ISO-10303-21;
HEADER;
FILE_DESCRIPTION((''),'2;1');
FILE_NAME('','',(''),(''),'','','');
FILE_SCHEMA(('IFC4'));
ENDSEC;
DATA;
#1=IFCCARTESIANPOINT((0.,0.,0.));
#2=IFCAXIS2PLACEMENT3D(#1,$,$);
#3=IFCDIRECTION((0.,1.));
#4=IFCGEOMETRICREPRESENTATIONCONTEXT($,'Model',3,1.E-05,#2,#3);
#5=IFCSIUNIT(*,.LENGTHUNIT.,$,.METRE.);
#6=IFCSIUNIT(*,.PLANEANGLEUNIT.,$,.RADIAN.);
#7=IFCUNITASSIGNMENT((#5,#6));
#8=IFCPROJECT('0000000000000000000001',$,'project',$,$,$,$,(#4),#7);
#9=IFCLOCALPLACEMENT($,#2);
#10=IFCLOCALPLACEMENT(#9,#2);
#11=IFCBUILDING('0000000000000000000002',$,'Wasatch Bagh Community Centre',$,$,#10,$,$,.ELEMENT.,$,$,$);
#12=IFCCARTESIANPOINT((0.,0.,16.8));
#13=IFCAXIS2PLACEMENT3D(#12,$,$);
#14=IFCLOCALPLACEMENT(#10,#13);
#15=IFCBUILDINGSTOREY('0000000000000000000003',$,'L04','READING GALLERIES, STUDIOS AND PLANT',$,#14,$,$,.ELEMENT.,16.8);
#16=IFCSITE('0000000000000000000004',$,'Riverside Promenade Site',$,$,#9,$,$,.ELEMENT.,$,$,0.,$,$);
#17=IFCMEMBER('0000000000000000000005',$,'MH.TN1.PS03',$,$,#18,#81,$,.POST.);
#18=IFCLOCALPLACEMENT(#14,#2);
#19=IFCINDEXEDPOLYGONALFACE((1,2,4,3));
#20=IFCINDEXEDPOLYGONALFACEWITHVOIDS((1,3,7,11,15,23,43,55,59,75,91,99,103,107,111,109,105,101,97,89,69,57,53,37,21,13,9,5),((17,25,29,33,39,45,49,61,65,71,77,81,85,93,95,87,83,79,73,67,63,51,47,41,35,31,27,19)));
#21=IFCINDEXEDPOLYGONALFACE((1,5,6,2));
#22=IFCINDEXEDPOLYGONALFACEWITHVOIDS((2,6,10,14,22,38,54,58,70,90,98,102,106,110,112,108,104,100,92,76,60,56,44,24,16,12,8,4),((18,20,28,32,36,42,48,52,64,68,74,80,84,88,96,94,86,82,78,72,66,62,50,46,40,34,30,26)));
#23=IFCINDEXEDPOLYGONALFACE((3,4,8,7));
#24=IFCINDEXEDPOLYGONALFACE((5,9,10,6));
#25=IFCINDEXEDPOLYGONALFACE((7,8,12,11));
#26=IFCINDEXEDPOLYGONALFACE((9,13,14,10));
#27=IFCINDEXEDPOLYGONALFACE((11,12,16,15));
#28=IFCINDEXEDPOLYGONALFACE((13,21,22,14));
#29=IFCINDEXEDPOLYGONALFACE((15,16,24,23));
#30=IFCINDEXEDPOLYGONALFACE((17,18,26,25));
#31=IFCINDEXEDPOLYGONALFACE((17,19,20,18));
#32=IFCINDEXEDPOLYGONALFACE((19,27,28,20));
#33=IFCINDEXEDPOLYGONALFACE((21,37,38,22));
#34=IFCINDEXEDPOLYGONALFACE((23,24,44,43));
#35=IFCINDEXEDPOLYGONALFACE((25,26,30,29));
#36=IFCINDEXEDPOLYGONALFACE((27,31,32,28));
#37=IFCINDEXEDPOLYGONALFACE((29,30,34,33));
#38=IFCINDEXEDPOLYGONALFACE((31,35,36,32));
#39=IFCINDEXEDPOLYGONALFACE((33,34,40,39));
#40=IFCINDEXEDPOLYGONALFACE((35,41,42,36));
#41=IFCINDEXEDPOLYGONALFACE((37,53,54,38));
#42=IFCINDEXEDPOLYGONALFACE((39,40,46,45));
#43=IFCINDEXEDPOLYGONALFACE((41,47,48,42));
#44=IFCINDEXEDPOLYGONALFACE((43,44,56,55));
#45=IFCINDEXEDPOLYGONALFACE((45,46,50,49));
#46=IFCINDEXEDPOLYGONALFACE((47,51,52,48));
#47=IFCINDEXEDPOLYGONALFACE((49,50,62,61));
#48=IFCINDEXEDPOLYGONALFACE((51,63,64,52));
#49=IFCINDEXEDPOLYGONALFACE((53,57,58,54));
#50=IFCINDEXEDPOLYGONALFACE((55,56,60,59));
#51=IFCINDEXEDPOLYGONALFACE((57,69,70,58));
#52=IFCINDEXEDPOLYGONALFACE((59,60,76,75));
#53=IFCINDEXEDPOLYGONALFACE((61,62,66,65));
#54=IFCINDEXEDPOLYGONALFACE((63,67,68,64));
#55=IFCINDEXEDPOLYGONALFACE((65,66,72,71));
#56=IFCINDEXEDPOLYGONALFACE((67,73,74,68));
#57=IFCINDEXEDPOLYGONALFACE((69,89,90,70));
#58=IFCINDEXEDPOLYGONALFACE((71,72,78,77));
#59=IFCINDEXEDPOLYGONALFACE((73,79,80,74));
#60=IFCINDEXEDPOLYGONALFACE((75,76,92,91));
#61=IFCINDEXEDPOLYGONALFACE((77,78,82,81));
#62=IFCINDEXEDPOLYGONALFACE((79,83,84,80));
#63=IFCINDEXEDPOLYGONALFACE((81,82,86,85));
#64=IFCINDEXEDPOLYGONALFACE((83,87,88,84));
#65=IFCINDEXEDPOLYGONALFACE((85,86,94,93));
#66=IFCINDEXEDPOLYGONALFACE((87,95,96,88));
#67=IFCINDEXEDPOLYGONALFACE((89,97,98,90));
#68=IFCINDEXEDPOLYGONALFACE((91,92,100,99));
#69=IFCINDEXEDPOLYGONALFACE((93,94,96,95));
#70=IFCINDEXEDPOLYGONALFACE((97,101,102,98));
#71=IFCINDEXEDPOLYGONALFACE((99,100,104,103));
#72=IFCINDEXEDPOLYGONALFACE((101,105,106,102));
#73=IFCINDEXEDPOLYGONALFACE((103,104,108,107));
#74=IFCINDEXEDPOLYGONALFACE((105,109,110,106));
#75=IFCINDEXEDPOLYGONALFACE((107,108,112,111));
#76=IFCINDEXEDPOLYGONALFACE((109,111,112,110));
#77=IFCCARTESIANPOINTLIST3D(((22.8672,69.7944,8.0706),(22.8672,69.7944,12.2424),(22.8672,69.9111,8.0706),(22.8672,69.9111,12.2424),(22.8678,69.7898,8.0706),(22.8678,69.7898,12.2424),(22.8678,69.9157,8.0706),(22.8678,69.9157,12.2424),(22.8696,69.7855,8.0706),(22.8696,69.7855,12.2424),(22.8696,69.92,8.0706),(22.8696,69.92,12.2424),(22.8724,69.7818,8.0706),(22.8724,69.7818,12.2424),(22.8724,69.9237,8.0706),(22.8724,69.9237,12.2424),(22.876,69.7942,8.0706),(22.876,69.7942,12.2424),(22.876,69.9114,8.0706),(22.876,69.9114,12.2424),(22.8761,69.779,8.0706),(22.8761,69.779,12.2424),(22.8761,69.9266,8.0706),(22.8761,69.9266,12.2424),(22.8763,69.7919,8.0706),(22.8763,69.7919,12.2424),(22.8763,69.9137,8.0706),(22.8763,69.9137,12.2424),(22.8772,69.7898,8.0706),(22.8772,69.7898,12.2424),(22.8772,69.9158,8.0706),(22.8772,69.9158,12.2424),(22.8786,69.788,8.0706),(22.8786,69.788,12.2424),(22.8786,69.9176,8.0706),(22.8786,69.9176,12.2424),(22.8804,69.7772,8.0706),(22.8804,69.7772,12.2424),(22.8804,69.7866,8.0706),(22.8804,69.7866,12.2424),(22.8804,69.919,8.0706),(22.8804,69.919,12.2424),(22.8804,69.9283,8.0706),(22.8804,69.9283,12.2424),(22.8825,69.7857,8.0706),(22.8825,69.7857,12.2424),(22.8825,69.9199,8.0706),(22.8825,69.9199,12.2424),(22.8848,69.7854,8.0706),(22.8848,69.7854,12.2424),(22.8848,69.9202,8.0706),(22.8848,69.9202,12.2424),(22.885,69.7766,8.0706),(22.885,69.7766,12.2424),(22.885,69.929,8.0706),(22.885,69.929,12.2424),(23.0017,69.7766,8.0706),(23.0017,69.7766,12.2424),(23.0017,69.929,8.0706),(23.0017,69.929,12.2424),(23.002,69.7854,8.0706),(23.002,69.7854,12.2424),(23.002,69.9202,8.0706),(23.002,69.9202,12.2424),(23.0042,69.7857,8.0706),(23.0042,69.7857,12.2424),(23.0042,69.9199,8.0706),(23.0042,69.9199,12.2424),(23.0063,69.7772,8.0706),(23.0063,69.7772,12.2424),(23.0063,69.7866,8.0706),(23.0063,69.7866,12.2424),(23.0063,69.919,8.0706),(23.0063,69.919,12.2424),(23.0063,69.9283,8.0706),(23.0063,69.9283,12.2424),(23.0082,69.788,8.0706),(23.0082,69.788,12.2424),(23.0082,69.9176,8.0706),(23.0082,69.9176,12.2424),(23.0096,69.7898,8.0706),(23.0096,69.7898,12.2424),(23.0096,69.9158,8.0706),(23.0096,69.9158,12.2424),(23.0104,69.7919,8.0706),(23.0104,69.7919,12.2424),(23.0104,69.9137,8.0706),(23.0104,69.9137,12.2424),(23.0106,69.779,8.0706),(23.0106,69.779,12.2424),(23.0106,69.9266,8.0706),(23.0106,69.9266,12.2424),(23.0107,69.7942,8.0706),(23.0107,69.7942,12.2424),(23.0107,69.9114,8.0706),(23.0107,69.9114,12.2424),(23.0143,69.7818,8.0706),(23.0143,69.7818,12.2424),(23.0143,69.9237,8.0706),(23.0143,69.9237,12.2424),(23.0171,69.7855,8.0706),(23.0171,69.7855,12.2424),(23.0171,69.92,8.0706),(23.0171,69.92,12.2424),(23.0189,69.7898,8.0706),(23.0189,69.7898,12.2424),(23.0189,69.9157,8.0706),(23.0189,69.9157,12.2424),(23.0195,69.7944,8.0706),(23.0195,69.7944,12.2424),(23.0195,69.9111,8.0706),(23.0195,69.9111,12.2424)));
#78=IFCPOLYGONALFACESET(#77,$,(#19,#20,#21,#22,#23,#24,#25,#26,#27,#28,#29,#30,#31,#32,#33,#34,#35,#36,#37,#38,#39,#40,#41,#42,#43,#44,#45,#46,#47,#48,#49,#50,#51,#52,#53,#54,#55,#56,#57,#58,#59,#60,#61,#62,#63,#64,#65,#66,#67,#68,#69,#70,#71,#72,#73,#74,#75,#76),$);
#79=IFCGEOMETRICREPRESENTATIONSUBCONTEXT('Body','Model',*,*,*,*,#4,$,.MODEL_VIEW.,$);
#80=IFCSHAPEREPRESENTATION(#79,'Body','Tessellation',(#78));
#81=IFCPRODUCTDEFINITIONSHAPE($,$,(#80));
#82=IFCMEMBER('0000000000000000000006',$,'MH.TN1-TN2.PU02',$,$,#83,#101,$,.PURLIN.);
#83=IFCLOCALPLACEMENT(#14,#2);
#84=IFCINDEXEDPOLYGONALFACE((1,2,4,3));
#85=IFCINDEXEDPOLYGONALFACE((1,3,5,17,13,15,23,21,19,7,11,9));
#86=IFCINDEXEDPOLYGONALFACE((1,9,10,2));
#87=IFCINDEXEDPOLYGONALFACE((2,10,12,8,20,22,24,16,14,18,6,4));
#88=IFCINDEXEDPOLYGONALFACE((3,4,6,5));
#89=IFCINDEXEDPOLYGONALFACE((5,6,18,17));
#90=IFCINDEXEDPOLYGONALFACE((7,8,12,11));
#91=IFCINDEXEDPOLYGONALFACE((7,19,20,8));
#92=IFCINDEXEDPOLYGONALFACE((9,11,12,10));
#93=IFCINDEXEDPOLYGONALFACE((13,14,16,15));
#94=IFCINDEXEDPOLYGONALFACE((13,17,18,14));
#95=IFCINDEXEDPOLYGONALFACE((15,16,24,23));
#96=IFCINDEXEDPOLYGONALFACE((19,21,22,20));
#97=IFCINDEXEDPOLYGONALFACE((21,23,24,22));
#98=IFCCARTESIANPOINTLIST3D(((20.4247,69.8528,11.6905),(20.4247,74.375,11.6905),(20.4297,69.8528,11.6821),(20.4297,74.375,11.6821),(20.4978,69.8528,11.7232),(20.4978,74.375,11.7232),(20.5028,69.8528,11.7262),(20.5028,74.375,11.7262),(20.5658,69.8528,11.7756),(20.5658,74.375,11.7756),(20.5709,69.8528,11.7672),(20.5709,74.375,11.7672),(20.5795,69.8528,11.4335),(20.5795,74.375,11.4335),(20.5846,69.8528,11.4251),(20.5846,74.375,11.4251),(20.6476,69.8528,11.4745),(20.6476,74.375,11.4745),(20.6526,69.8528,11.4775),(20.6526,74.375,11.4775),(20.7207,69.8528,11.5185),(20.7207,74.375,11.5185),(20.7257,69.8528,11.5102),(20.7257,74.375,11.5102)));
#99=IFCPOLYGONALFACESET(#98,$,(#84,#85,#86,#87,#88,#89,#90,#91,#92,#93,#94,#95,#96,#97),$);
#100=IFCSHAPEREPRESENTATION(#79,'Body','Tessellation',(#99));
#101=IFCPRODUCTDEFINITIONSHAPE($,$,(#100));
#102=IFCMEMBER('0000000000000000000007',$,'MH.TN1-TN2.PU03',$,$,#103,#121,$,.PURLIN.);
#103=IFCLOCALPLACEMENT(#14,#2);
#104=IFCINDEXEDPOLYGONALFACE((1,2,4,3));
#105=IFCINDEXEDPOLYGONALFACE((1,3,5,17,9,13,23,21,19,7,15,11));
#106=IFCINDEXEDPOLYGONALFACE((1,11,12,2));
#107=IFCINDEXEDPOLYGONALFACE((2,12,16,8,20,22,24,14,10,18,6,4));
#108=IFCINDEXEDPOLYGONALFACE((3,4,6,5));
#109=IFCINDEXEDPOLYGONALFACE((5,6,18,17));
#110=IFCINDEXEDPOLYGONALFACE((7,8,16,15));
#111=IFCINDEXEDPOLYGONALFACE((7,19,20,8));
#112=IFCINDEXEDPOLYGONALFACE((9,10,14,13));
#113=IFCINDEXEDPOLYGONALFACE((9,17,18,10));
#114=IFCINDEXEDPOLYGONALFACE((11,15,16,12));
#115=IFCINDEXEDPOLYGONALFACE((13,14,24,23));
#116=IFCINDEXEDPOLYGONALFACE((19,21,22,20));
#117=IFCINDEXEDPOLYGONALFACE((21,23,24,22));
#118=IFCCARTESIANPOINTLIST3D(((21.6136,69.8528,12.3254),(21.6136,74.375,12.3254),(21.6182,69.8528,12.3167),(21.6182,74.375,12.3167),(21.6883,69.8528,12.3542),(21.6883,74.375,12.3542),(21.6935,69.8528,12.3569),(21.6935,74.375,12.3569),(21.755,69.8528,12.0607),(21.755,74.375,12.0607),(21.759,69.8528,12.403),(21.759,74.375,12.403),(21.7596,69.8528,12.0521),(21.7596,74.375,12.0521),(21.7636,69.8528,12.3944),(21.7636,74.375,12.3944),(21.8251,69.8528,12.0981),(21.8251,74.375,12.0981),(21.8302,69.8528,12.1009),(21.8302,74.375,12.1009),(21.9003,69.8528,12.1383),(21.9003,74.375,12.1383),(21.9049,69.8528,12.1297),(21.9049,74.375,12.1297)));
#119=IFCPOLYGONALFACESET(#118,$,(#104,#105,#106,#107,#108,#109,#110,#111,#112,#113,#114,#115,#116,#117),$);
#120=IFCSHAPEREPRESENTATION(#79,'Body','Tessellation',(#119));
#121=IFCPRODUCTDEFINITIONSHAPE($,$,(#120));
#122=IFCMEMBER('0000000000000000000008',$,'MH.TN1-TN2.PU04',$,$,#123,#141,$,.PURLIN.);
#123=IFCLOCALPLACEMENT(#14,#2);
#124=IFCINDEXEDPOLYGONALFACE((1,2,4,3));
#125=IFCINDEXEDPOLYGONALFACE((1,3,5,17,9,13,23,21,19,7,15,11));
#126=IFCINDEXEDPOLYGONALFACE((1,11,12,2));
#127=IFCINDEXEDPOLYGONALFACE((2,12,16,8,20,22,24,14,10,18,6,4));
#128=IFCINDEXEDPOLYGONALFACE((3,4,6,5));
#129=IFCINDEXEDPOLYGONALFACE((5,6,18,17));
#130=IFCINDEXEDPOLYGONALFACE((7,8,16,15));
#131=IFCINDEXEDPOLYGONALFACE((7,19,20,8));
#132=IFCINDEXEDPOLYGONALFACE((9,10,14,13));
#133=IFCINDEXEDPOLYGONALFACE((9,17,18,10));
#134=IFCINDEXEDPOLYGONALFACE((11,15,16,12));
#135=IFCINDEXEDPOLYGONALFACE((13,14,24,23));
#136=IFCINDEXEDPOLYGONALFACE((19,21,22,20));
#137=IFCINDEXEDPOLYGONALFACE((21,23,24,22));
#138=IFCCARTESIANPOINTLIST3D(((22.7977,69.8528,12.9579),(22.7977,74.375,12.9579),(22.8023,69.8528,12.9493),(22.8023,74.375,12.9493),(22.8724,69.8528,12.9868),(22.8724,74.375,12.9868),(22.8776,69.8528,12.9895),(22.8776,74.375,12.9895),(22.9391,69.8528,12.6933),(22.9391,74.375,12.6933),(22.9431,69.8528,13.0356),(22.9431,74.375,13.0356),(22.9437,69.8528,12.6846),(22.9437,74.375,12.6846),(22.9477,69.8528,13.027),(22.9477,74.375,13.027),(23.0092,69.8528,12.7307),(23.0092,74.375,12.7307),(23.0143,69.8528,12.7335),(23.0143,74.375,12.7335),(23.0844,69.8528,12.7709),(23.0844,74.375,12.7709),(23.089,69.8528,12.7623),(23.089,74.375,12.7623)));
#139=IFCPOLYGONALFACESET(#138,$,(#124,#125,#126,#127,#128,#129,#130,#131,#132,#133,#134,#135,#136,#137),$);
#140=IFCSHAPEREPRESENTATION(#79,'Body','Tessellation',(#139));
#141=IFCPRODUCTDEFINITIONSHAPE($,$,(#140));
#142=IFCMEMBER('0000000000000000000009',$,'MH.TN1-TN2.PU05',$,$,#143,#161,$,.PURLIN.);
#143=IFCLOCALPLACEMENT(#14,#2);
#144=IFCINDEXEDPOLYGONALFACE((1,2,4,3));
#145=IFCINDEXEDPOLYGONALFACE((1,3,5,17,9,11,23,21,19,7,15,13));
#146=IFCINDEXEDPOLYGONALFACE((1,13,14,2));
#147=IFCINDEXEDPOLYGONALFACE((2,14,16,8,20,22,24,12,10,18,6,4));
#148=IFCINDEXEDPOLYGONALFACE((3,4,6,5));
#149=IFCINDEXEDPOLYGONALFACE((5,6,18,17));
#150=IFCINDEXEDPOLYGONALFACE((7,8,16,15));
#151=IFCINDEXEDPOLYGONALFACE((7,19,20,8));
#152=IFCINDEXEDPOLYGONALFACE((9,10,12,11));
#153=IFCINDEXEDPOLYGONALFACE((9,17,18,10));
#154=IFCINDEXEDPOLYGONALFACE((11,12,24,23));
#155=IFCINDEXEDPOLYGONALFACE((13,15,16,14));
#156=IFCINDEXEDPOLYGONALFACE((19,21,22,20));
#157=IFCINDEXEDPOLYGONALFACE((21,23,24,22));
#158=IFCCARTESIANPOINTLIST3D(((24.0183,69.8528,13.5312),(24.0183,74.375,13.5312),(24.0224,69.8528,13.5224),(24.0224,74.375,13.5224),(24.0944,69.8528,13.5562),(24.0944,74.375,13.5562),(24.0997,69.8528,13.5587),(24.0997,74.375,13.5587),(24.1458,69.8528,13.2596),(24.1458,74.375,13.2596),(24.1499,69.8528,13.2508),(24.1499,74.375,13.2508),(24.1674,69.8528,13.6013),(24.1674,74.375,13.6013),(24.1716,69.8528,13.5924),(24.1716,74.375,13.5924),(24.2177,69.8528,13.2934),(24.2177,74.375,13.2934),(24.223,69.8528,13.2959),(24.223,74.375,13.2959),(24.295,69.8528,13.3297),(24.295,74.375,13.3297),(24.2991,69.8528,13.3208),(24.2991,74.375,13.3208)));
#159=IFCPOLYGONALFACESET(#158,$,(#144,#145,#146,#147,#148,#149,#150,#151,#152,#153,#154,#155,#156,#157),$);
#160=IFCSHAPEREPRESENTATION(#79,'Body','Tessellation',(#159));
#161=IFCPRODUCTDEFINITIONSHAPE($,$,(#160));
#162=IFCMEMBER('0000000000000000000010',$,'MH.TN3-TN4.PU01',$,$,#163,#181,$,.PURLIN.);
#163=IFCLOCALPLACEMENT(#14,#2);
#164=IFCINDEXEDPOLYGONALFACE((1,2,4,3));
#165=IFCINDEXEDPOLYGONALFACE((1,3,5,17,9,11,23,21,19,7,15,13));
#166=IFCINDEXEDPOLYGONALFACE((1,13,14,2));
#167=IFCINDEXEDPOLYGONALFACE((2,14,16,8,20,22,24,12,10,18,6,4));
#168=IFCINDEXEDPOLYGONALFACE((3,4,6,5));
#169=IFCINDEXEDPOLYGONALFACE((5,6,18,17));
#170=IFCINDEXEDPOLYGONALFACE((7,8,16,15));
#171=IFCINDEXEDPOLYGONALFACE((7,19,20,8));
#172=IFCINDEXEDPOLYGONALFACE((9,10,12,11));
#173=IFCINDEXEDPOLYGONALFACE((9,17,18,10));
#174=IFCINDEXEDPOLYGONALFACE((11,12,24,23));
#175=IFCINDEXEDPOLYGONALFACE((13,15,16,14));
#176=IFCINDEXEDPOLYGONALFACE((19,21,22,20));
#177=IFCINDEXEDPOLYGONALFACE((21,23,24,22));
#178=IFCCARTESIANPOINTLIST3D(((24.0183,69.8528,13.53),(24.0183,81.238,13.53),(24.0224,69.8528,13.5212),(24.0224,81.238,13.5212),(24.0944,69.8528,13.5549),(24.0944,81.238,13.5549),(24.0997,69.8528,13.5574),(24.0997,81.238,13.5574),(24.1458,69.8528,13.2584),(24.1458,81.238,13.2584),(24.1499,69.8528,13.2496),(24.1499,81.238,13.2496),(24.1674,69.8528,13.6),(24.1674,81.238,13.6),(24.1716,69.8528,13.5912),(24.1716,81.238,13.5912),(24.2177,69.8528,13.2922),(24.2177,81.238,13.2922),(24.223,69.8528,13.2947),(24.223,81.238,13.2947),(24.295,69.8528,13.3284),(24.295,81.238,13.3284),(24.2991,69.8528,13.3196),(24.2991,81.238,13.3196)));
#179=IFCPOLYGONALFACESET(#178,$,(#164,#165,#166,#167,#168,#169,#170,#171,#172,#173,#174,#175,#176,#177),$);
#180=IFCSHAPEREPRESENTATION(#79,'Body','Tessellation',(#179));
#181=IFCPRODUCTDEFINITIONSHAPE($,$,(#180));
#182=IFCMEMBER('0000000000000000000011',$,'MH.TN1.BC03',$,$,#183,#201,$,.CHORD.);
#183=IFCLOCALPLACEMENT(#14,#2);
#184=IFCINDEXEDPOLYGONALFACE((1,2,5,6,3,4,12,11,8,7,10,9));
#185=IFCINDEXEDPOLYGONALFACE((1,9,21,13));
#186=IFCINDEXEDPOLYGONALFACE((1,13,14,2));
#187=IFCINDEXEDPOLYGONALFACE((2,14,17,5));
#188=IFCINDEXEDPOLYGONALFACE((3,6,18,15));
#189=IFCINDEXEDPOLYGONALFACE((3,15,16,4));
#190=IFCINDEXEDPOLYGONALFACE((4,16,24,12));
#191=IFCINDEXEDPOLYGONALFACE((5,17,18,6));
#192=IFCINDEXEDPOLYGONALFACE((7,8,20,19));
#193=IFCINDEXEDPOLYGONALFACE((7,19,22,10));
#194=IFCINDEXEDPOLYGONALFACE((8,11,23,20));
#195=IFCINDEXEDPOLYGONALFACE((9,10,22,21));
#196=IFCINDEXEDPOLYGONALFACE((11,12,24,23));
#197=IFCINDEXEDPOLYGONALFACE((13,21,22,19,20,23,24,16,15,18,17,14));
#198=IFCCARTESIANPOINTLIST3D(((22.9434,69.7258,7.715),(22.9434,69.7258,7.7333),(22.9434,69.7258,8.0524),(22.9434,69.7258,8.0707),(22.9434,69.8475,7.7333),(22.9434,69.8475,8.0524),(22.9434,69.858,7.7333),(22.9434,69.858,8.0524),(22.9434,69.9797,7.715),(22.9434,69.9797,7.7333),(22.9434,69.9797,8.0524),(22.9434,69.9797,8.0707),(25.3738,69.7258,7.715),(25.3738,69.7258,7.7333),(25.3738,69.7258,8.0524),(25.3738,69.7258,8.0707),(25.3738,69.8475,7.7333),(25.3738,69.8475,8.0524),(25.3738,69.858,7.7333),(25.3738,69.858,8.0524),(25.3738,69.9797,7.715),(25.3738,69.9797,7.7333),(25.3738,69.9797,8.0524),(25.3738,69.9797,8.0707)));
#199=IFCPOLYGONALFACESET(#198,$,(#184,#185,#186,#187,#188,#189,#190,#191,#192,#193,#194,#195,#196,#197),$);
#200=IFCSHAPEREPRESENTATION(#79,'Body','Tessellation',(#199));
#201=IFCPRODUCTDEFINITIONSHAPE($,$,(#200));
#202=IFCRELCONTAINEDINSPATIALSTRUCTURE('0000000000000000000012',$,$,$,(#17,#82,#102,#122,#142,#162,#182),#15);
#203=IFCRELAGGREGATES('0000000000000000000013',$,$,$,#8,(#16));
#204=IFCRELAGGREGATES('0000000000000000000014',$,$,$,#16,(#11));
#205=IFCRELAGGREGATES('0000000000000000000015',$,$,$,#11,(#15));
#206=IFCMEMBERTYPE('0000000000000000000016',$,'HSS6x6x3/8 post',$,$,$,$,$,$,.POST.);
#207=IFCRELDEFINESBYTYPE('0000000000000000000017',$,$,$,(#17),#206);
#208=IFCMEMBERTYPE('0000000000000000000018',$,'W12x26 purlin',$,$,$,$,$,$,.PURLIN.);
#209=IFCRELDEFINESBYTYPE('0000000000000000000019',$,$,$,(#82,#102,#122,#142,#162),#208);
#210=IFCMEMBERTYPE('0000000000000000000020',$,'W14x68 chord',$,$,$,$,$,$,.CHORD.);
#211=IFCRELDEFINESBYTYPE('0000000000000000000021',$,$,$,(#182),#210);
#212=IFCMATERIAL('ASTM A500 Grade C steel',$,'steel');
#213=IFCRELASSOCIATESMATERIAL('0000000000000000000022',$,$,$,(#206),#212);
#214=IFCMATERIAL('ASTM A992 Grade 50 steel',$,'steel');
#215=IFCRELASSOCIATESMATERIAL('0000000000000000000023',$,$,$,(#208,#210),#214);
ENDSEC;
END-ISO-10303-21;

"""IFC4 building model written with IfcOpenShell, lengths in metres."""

from ifc_helpers import new_model, si_unit, direction, frame, origin, origin_2d, place, context, subcontext, project, spatial, hollow_rectangle, i_section, extrude, material, material_profile, profile_set, type_object, element, save


model = new_model("IFC4")

# Units and contexts
model_context = context("Model", 3, precision=1e-05, world=origin(), true_north=direction((0.0, 1.0)))
body_context = subcontext(model_context, "Body", "Model", "MODEL_VIEW")
ifc_project = project(units=[si_unit("LENGTHUNIT", "METRE"), si_unit("PLANEANGLEUNIT", "RADIAN")], contexts=[model_context])

# Site, building, storey
site_placement = place(None, origin())
site = spatial("IfcSite", under=ifc_project, at=site_placement, Name="Riverside Promenade Site", CompositionType="ELEMENT", RefElevation=0.0)
building_placement = place(site_placement, origin())
building = spatial("IfcBuilding", under=site, at=building_placement, Name="Wasatch Bagh Community Centre", CompositionType="ELEMENT")
storey_placement = place(building_placement, frame((0.0, 0.0, 16.8)))
storey = spatial("IfcBuildingStorey", under=building, at=storey_placement, Name="L04", Description="READING GALLERIES, STUDIOS AND PLANT", CompositionType="ELEMENT", Elevation=16.8)

# Members
ifc_material_1 = material(Name="ASTM A500 Grade C steel", Category="steel")
ifc_material_profile_1 = material_profile(ifc_material_1, hollow_rectangle(XDim=0.1523, YDim=0.1523, WallThickness=0.0088, InnerFilletRadius=0.0088, OuterFilletRadius=0.0178, at=origin_2d()), Name="HSS6x6x3/8")
ifc_profile_set_1 = profile_set([ifc_material_profile_1], Name="ASTM A500 Grade C steel")
member_type_1 = type_object("IfcMemberType", Name="HSS6x6x3/8 post", PredefinedType="POST", material=ifc_profile_set_1)
member_1_placement = place(storey_placement, frame((22.9434, 69.8528, 8.0706), z_axis=(0.0, 0.0, 1.0), x_axis=(1.0, 0.0, 0.0)))
element("IfcMember", 1, at=member_1_placement, inside=storey, type_object=member_type_1, Name="MH.TN1.PS03", PredefinedType="POST", context=body_context, shape_type="SweptSolid", body=[
    extrude(hollow_rectangle(XDim=0.1523, YDim=0.1523, WallThickness=0.0088, InnerFilletRadius=0.0088, OuterFilletRadius=0.0178, at=origin_2d()), origin(), (0.0, 0.0, 1.0), 4.1719),
])
ifc_material_2 = material(Name="ASTM A992 Grade 50 steel", Category="steel")
ifc_material_profile_2 = material_profile(ifc_material_2, i_section(OverallWidth=0.1648, OverallDepth=0.3098, WebThickness=0.0059, FlangeThickness=0.0098, at=origin_2d()), Name="W12x26")
ifc_profile_set_2 = profile_set([ifc_material_profile_2], Name="ASTM A992 Grade 50 steel")
member_type_2 = type_object("IfcMemberType", Name="W12x26 purlin", PredefinedType="PURLIN", material=ifc_profile_set_2)
for number, where, z_axis, x_axis, name in (
    (2, (20.5752, 69.8528, 11.6003), (0.0, 1.0, 0.0), (-0.856568, 0.0, -0.516034), "MH.TN1-TN2.PU02"),
    (3, (21.7593, 69.8528, 12.2275), (0.0, 1.0, 0.0), (-0.882062, 0.0, -0.471133), "MH.TN1-TN2.PU03"),
    (4, (22.9434, 69.8528, 12.8601), (0.0, 1.0, 0.0), (-0.882062, 0.0, -0.471133), "MH.TN1-TN2.PU04"),
    (5, (24.1587, 69.8528, 13.426), (0.0, 1.0, 0.0), (-0.905205, 0.0, -0.424976), "MH.TN1-TN2.PU05"),
):
    element("IfcMember", number, at=place(storey_placement, frame(where, z_axis=z_axis, x_axis=x_axis)), inside=storey, type_object=member_type_2, Name=name, PredefinedType="PURLIN", context=body_context, shape_type="SweptSolid", body=[
        extrude(i_section(OverallWidth=0.1648, OverallDepth=0.3098, WebThickness=0.0059, FlangeThickness=0.0098, at=origin_2d()), origin(), (0.0, 0.0, 1.0), 4.5222),
    ])
member_2_placement = place(storey_placement, frame((24.1587, 69.8528, 13.4248), z_axis=(0.0, 1.0, 0.0), x_axis=(-0.905205, 0.0, -0.424976)))
element("IfcMember", 6, at=member_2_placement, inside=storey, type_object=member_type_2, Name="MH.TN3-TN4.PU01", PredefinedType="PURLIN", context=body_context, shape_type="SweptSolid", body=[
    extrude(i_section(OverallWidth=0.1648, OverallDepth=0.3098, WebThickness=0.0059, FlangeThickness=0.0098, at=origin_2d()), origin(), (0.0, 0.0, 1.0), 11.3853),
])
ifc_material_profile_3 = material_profile(ifc_material_2, i_section(OverallWidth=0.2539, OverallDepth=0.3557, WebThickness=0.0105, FlangeThickness=0.0183, at=origin_2d()), Name="W14x68")
ifc_profile_set_3 = profile_set([ifc_material_profile_3], Name="ASTM A992 Grade 50 steel")
member_type_3 = type_object("IfcMemberType", Name="W14x68 chord", PredefinedType="CHORD", material=ifc_profile_set_3)
member_3_placement = place(storey_placement, frame((22.9434, 69.8528, 7.8928), z_axis=(1.0, 0.0, 0.0), x_axis=(0.0, 1.0, 0.0)))
element("IfcMember", 7, at=member_3_placement, inside=storey, type_object=member_type_3, Name="MH.TN1.BC03", PredefinedType="CHORD", context=body_context, shape_type="SweptSolid", body=[
    extrude(i_section(OverallWidth=0.2539, OverallDepth=0.3557, WebThickness=0.0105, FlangeThickness=0.0183, at=origin_2d()), origin(), (0.0, 0.0, 1.0), 2.4304),
])

save(model, "model.ifc")
